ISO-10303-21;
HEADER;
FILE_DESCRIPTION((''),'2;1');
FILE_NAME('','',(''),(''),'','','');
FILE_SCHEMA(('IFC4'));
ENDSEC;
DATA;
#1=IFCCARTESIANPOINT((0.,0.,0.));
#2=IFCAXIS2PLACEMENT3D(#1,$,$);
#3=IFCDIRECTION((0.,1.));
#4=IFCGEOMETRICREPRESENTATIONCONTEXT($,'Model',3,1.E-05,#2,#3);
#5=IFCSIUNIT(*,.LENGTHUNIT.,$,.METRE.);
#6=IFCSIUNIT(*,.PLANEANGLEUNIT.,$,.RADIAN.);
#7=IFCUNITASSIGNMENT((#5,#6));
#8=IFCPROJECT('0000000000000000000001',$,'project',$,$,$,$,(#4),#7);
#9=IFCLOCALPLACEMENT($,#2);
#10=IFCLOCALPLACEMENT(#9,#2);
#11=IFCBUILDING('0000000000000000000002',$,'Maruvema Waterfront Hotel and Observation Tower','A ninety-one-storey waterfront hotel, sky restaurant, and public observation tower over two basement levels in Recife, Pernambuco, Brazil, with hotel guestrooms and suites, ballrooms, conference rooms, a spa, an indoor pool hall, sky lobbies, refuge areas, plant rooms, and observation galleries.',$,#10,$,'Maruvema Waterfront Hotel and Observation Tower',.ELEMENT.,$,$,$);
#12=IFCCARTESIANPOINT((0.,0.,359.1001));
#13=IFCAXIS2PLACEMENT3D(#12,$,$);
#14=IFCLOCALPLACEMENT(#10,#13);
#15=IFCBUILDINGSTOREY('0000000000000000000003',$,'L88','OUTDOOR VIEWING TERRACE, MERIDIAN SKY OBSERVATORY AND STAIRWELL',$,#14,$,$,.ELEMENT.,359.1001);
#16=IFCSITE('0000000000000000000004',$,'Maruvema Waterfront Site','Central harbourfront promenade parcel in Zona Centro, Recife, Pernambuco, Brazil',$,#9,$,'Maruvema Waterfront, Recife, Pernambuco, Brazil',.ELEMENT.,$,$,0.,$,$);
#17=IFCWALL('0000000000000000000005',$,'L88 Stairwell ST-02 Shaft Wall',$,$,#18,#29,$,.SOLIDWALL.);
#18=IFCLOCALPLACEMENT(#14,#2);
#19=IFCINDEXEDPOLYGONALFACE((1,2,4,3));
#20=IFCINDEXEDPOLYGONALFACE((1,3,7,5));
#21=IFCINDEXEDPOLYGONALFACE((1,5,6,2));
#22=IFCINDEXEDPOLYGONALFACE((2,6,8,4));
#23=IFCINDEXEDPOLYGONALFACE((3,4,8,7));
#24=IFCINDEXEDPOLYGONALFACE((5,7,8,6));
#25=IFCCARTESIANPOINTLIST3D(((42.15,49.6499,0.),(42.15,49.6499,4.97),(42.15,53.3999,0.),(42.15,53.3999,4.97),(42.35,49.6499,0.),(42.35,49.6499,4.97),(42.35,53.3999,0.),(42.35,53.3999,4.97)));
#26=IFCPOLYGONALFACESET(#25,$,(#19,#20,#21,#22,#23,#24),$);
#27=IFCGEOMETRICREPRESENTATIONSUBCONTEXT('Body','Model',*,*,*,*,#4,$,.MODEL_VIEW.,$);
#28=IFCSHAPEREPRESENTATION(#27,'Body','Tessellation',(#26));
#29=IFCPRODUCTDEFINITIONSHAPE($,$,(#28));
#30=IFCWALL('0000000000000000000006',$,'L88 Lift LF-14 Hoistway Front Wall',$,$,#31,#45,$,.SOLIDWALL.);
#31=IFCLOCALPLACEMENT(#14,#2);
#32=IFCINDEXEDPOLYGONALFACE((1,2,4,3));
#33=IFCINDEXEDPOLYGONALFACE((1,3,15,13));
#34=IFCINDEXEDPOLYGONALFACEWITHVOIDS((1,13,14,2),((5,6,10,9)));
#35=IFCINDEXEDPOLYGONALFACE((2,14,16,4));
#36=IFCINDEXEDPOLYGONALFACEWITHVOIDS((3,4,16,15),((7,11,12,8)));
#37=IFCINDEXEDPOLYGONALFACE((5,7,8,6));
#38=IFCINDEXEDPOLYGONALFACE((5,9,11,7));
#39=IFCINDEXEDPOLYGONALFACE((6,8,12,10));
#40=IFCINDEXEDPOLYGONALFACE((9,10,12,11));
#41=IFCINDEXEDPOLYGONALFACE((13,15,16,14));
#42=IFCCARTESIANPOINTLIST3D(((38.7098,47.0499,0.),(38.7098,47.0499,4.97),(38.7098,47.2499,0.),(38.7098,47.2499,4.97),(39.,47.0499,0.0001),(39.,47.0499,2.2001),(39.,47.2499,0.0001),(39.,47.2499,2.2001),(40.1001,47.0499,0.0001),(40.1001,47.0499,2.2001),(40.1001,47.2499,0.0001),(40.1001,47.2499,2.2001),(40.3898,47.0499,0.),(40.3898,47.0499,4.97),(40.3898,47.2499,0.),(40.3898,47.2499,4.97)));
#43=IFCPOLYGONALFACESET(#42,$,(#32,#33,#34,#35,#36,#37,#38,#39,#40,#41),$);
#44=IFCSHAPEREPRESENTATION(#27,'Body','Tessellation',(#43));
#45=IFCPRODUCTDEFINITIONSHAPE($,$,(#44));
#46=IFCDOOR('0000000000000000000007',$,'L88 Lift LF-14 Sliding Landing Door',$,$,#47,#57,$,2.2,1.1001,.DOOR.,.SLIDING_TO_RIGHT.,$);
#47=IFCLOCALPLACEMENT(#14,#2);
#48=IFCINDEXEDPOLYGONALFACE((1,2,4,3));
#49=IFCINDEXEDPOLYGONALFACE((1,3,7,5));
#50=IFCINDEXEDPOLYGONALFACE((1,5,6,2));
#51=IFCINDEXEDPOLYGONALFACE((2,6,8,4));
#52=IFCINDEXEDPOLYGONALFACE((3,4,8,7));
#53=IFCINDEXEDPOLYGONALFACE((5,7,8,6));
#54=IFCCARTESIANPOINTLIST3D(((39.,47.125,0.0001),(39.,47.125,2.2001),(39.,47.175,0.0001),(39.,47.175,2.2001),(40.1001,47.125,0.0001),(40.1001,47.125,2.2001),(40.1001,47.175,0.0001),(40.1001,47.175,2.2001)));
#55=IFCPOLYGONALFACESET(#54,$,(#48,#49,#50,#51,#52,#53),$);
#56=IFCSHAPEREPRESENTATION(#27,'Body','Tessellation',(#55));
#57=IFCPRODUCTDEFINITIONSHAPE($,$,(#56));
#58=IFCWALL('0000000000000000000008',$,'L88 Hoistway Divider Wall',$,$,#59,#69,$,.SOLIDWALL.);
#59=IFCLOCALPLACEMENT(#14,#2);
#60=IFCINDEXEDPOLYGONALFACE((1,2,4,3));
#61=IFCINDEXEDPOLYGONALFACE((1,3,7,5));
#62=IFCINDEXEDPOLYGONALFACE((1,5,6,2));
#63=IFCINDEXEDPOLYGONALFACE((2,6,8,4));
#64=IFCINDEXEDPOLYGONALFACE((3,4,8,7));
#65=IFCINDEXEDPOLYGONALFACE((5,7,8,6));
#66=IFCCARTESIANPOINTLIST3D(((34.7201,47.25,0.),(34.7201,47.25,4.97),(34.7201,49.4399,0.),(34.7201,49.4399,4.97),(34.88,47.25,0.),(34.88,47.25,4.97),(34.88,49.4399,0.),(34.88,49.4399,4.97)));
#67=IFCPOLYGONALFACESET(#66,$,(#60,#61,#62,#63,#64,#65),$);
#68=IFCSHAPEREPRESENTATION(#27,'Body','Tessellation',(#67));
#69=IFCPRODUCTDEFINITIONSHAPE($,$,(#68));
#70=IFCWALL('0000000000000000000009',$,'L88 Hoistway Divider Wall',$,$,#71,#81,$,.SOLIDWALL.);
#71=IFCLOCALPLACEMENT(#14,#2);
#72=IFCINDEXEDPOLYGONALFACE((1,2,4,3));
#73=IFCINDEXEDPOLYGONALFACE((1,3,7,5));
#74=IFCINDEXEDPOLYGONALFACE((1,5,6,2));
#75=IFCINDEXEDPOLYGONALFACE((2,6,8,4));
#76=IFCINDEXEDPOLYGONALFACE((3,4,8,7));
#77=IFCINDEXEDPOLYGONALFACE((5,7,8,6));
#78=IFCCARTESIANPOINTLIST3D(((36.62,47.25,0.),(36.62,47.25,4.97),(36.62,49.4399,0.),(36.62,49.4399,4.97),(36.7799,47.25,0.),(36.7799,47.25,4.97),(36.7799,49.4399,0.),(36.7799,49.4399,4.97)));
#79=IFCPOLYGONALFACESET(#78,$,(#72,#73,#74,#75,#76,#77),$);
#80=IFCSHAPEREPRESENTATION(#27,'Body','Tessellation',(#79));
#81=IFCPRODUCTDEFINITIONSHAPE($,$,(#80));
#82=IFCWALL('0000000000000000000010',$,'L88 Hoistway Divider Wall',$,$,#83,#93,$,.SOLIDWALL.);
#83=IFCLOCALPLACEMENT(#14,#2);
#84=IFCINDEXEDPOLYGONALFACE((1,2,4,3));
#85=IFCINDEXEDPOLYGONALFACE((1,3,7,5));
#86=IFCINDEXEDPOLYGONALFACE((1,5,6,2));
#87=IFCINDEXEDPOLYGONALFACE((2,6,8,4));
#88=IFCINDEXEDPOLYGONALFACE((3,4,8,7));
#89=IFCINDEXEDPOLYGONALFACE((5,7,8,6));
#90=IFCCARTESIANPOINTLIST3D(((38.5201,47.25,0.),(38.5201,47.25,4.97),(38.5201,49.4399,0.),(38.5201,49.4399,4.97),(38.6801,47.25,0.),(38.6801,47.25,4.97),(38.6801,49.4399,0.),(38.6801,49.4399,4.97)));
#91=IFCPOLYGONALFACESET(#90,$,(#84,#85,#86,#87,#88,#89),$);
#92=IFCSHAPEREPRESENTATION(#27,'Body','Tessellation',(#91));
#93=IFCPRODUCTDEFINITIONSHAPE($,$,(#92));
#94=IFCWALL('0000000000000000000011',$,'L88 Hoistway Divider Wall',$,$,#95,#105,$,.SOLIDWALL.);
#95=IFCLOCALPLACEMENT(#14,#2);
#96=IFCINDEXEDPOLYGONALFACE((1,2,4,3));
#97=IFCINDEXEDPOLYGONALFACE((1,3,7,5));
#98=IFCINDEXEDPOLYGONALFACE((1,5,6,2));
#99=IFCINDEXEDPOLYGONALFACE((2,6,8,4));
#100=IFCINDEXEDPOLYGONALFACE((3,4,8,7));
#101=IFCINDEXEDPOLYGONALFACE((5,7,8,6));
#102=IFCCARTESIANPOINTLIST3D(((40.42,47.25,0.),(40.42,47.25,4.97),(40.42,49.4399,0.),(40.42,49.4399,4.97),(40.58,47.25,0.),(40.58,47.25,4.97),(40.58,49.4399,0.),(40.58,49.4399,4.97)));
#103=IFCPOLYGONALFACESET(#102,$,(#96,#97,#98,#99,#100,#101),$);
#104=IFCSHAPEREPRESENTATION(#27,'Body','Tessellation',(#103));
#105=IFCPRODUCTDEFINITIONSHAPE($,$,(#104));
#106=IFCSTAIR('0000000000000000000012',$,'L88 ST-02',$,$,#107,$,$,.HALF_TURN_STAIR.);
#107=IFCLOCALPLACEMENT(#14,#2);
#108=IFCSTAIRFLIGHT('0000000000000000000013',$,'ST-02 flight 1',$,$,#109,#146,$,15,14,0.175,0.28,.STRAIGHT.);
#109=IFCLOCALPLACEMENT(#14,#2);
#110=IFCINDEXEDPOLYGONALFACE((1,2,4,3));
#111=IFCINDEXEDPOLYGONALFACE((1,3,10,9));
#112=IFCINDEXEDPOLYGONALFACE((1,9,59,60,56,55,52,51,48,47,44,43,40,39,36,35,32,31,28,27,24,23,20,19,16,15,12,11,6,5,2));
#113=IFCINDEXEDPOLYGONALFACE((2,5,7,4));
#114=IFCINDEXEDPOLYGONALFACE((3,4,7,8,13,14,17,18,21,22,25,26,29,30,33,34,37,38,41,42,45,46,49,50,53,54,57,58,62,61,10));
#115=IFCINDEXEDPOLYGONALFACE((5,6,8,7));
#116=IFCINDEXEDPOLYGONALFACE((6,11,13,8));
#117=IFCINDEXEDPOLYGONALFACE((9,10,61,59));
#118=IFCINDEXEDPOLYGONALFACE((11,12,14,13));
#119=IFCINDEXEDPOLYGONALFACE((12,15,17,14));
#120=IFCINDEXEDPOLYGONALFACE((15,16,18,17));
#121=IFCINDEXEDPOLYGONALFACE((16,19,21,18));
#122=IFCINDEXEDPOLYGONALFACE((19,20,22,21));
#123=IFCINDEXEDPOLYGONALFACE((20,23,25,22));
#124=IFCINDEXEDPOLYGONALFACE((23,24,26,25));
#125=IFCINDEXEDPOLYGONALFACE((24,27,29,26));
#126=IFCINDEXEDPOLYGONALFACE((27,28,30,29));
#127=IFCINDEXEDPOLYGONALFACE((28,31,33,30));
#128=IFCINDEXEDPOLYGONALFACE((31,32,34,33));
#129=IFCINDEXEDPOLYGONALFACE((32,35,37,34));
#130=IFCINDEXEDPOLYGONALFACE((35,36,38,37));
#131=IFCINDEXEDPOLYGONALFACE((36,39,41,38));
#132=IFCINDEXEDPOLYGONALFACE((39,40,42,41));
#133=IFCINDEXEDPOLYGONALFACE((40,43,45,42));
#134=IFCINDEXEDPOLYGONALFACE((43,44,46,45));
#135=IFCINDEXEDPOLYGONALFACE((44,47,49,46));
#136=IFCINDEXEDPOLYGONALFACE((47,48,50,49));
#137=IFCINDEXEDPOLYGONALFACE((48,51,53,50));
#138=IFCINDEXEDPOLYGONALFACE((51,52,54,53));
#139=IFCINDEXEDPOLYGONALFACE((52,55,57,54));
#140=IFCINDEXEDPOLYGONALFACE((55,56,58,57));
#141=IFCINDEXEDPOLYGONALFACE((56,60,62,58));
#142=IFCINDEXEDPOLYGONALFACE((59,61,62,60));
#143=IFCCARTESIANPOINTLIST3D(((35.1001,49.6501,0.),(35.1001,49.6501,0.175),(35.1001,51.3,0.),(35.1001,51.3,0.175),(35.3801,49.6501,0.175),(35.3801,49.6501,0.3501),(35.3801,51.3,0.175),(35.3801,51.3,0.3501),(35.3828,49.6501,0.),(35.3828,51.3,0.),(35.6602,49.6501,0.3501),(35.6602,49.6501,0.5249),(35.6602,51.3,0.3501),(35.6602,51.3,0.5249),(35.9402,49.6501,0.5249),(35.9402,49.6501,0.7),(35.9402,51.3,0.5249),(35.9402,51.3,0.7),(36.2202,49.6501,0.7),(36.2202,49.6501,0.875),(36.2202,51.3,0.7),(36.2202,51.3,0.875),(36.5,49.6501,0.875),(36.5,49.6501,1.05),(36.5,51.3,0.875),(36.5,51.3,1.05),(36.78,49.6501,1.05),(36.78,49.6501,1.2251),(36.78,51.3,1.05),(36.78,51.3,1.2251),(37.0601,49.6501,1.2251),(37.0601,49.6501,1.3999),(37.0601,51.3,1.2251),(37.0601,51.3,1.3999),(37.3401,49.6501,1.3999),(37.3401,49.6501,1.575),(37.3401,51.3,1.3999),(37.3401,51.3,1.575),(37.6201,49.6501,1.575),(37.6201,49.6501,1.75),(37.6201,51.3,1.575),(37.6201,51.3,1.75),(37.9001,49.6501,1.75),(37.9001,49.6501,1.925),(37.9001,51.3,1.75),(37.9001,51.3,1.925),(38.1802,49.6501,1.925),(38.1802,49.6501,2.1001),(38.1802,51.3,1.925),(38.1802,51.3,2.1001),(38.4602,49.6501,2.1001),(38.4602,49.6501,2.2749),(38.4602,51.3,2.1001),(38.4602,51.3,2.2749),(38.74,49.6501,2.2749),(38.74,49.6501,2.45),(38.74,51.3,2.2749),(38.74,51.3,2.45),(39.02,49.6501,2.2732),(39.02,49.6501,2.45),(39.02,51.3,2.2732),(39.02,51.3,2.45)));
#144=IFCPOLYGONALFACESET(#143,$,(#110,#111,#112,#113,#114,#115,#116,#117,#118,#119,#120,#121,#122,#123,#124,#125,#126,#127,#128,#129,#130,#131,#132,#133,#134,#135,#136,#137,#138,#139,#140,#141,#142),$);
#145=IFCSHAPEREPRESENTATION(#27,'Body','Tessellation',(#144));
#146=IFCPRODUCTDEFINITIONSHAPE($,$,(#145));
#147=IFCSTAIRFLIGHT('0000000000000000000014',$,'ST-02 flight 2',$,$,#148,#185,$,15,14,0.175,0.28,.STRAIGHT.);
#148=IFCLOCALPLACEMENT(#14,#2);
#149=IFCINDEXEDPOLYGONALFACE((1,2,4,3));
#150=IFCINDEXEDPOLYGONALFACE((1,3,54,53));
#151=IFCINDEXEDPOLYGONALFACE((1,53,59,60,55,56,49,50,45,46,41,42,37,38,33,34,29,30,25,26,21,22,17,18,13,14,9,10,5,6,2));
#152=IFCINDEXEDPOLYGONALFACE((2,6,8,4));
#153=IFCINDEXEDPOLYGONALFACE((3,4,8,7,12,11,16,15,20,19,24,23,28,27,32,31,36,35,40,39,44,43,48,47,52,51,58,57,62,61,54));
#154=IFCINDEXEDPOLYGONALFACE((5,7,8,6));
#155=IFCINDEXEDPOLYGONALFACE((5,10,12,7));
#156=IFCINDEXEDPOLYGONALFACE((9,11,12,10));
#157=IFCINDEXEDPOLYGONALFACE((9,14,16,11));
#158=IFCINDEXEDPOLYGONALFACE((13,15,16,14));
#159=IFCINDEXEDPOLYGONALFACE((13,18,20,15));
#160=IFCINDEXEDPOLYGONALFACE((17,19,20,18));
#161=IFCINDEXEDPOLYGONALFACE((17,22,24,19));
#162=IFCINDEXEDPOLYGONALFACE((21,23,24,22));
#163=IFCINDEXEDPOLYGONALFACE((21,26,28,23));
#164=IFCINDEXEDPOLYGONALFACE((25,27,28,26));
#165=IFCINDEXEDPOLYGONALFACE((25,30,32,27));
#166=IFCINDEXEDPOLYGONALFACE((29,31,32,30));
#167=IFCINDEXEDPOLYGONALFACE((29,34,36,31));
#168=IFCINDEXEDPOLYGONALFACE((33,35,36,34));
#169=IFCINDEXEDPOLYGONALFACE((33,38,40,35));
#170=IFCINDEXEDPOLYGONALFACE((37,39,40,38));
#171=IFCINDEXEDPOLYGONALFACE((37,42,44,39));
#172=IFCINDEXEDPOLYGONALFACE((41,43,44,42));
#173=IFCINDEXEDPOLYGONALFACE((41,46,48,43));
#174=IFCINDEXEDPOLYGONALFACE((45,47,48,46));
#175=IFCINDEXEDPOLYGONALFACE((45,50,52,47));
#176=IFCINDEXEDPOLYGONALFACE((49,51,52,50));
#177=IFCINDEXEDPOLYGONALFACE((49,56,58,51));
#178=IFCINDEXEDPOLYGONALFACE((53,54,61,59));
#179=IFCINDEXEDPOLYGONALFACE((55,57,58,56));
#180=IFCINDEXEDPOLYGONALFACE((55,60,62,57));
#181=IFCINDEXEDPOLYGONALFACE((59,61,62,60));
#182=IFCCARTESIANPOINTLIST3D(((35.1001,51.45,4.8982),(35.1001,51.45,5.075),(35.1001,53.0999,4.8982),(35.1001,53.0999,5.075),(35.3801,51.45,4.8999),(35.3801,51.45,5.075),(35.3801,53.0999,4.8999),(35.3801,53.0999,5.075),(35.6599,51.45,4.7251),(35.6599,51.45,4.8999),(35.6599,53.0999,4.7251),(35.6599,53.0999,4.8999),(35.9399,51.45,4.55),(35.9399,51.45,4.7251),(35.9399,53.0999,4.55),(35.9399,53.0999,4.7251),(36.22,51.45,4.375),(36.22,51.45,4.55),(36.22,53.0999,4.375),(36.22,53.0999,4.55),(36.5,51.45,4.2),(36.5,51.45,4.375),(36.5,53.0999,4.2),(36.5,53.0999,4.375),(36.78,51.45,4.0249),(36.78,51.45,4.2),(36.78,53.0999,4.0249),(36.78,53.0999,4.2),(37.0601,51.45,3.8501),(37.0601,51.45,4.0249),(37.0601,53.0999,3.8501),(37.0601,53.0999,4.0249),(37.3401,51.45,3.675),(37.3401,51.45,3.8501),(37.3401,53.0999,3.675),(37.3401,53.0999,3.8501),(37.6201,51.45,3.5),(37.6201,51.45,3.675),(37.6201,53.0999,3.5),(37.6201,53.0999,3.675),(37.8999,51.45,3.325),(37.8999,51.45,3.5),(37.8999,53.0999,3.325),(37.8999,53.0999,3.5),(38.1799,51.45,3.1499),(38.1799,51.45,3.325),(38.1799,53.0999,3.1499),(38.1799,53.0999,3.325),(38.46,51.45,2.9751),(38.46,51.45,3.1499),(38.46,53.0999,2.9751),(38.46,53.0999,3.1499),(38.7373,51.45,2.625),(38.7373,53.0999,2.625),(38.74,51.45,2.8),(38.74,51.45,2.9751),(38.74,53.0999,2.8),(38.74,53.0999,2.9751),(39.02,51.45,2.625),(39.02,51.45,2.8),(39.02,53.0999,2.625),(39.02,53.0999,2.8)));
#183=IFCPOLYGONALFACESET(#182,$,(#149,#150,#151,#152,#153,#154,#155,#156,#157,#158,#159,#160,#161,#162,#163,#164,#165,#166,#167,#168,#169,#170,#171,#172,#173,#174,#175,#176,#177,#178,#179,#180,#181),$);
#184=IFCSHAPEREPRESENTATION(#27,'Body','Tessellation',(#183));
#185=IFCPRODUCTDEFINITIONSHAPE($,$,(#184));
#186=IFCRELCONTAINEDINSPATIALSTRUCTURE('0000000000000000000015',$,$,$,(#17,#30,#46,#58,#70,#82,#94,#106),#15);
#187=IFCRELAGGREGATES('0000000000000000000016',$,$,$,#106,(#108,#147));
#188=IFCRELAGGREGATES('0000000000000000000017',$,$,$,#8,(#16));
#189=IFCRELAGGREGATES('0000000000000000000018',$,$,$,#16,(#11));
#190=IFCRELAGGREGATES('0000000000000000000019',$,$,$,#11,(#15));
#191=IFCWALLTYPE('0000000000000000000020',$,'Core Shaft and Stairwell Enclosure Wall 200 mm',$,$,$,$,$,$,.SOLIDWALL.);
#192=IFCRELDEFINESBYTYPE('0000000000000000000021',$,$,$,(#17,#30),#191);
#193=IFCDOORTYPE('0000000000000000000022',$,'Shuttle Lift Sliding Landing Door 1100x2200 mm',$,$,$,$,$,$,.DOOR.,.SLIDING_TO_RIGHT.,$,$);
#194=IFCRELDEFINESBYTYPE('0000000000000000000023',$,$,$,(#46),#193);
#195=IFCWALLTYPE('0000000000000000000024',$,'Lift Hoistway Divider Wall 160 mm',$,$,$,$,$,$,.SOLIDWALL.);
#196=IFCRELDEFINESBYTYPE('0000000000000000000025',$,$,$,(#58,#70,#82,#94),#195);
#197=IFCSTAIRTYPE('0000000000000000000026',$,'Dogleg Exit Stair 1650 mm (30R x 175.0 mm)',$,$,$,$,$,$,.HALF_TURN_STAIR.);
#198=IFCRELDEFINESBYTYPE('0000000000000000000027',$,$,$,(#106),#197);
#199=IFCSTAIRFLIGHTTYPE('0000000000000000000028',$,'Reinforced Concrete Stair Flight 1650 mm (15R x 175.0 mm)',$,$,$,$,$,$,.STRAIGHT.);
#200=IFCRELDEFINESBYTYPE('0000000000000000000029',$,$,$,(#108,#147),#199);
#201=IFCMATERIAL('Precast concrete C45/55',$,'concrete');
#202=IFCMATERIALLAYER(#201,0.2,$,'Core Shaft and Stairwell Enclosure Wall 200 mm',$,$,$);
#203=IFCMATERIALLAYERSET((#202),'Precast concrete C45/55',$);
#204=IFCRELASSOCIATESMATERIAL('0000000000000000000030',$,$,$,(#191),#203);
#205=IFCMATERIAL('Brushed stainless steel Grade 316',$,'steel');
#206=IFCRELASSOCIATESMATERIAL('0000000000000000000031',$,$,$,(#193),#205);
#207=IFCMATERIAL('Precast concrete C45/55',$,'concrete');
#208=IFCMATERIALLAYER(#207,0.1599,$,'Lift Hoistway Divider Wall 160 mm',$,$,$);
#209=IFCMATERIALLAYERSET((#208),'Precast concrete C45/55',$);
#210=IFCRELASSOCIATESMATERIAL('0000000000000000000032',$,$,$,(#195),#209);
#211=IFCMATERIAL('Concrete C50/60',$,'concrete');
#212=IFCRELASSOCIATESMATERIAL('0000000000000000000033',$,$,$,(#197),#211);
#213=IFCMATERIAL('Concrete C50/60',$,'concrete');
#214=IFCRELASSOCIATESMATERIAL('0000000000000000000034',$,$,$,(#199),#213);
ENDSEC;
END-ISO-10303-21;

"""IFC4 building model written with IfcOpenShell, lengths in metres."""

from ifc_helpers import new_model, si_unit, direction, frame, frame_2d, origin, place, context, subcontext, project, spatial, polyline, rectangle, outline, extrude, material, layer, layer_set, type_object, element, fill, aggregate, save


model = new_model("IFC4")

# Units and contexts
model_context = context("Model", 3, precision=1e-05, world=origin(), true_north=direction((0.0, 1.0)))
body_context = subcontext(model_context, "Body", "Model", "MODEL_VIEW")
ifc_project = project(units=[si_unit("LENGTHUNIT", "METRE"), si_unit("PLANEANGLEUNIT", "RADIAN")], contexts=[model_context])

# Site, building, storey
site_placement = place(None, origin())
site = spatial("IfcSite", under=ifc_project, at=site_placement, Name="Maruvema Waterfront Site", Description="Central harbourfront promenade parcel in Zona Centro, Recife, Pernambuco, Brazil", LongName="Maruvema Waterfront, Recife, Pernambuco, Brazil", CompositionType="ELEMENT", RefElevation=0.0)
building_placement = place(site_placement, origin())
building = spatial("IfcBuilding", under=site, at=building_placement, Name="Maruvema Waterfront Hotel and Observation Tower", Description="A ninety-one-storey waterfront hotel, sky restaurant, and public observation tower over two basement levels in Recife, Pernambuco, Brazil, with hotel guestrooms and suites, ballrooms, conference rooms, a spa, an indoor pool hall, sky lobbies, refuge areas, plant rooms, and observation galleries.", LongName="Maruvema Waterfront Hotel and Observation Tower", CompositionType="ELEMENT")
storey_placement = place(building_placement, frame((0.0, 0.0, 359.1001)))
storey = spatial("IfcBuildingStorey", under=building, at=storey_placement, Name="L88", Description="OUTDOOR VIEWING TERRACE, MERIDIAN SKY OBSERVATORY AND STAIRWELL", CompositionType="ELEMENT", Elevation=359.1001)

# Wall
ifc_material_1 = material(Name="Precast concrete C45/55", Category="concrete")
ifc_layer_1 = layer(ifc_material_1, 0.2, Name="Core Shaft and Stairwell Enclosure Wall 200 mm")
ifc_layer_set_1 = layer_set([ifc_layer_1], Name="Precast concrete C45/55")
wall_type_1 = type_object("IfcWallType", Name="Core Shaft and Stairwell Enclosure Wall 200 mm", PredefinedType="SOLIDWALL", material=ifc_layer_set_1)
wall_1_placement = place(storey_placement, frame((42.25, 49.6499, 0.0), z_axis=(0.0, 0.0, 1.0), x_axis=(0.0, 1.0, 0.0)))
element("IfcWall", 1, at=wall_1_placement, inside=storey, type_object=wall_type_1, Name="L88 Stairwell ST-02 Shaft Wall", PredefinedType="SOLIDWALL", context=body_context, shape_type="SweptSolid", body=[
    extrude(rectangle(XDim=3.75, YDim=0.2, at=frame_2d((1.875, 0.0))), origin(), (0.0, 0.0, 1.0), 4.97),
])

# Wall, opening, door
wall_2_placement = place(storey_placement, frame((38.71, 47.1499, 0.0), z_axis=(0.0, 0.0, 1.0), x_axis=(1.0, 0.0, 0.0)))
wall_2 = element("IfcWall", 2, at=wall_2_placement, inside=storey, type_object=wall_type_1, Name="L88 Lift LF-14 Hoistway Front Wall", PredefinedType="SOLIDWALL", context=body_context, shape_type="SweptSolid", body=[
    extrude(rectangle(XDim=1.6799, YDim=0.2, at=frame_2d((0.8398, 0.0))), origin(), (0.0, 0.0, 1.0), 4.97),
])
opening_placement = place(wall_2_placement, frame((0.29, 0.0, 0.0)))
opening = element("IfcOpeningElement", 3, at=opening_placement, cuts=wall_2, PredefinedType="OPENING", context=body_context, shape_type="SweptSolid", body=[
    extrude(rectangle(XDim=1.1001, YDim=2.2, at=frame_2d((0.55, 1.1001))), frame((0.0, 0.1099, 0.0), z_axis=(0.0, -1.0, 0.0), x_axis=(1.0, 0.0, 0.0)), (0.0, 0.0, 1.0), 0.22),
])
ifc_material_2 = material(Name="Brushed stainless steel Grade 316", Category="steel")
door_type = type_object("IfcDoorType", Name="Shuttle Lift Sliding Landing Door 1100x2200 mm", OperationType="SLIDING_TO_RIGHT", PredefinedType="DOOR", material=ifc_material_2)
door_placement = place(opening_placement, frame((1.1001, 0.0, 0.0), z_axis=(0.0, 0.0, 1.0), x_axis=(-1.0, 0.0, 0.0)))
door = element("IfcDoor", 4, at=door_placement, inside=storey, type_object=door_type, Name="L88 Lift LF-14 Sliding Landing Door", OperationType="SLIDING_TO_RIGHT", OverallHeight=2.2, OverallWidth=1.1001, PredefinedType="DOOR", context=body_context, shape_type="SweptSolid", body=[
    extrude(rectangle(XDim=1.1001, YDim=2.2, at=frame_2d((0.55, 1.1001))), frame((0.0, 0.0249, 0.0), z_axis=(0.0, -1.0, 0.0), x_axis=(1.0, 0.0, 0.0)), (0.0, 0.0, 1.0), 0.05),
])
fill(opening, door)

# Walls
ifc_material_3 = material(Name="Precast concrete C45/55", Category="concrete")
ifc_layer_2 = layer(ifc_material_3, 0.1599, Name="Lift Hoistway Divider Wall 160 mm")
ifc_layer_set_2 = layer_set([ifc_layer_2], Name="Precast concrete C45/55")
wall_type_2 = type_object("IfcWallType", Name="Lift Hoistway Divider Wall 160 mm", PredefinedType="SOLIDWALL", material=ifc_layer_set_2)
for number, where, z_axis, x_axis, name in (
    (5, (34.8, 47.25, 0.0), (0.0, 0.0, 1.0), (0.0, 1.0, 0.0), "L88 Hoistway Divider Wall"),
    (6, (36.7, 47.25, 0.0), (0.0, 0.0, 1.0), (0.0, 1.0, 0.0), "L88 Hoistway Divider Wall"),
    (7, (38.6001, 47.25, 0.0), (0.0, 0.0, 1.0), (0.0, 1.0, 0.0), "L88 Hoistway Divider Wall"),
    (8, (40.5, 47.25, 0.0), (0.0, 0.0, 1.0), (0.0, 1.0, 0.0), "L88 Hoistway Divider Wall"),
):
    element("IfcWall", number, at=place(storey_placement, frame(where, z_axis=z_axis, x_axis=x_axis)), inside=storey, type_object=wall_type_2, Name=name, PredefinedType="SOLIDWALL", context=body_context, shape_type="SweptSolid", body=[
        extrude(rectangle(XDim=2.1899, YDim=0.1599, at=frame_2d((1.095, 0.0))), origin(), (0.0, 0.0, 1.0), 4.97),
    ])

# Stair, stair flights
ifc_material_4 = material(Name="Concrete C50/60", Category="concrete")
stair_type = type_object("IfcStairType", Name="Dogleg Exit Stair 1650 mm (30R x 175.0 mm)", PredefinedType="HALF_TURN_STAIR", material=ifc_material_4)
stair_placement = place(storey_placement, origin())
stair = element("IfcStair", 9, at=stair_placement, inside=storey, type_object=stair_type, Name="L88 ST-02", PredefinedType="HALF_TURN_STAIR")
ifc_material_5 = material(Name="Concrete C50/60", Category="concrete")
stair_flight_type = type_object("IfcStairFlightType", Name="Reinforced Concrete Stair Flight 1650 mm (15R x 175.0 mm)", PredefinedType="STRAIGHT", material=ifc_material_5)
stair_flight_1_placement = place(storey_placement, frame((35.1001, 50.4751, 0.0), z_axis=(0.0, 0.0, 1.0), x_axis=(1.0, 0.0, 0.0)))
stair_flight_1 = element("IfcStairFlight", 10, at=stair_flight_1_placement, type_object=stair_flight_type, Name="ST-02 flight 1", NumberOfRisers=15, NumberOfTreads=14, PredefinedType="STRAIGHT", RiserHeight=0.175, TreadLength=0.28, context=body_context, shape_type="SweptSolid", body=[
    extrude(outline(polyline([(0.0, 0.0), (0.0, 0.175), (0.28, 0.175), (0.28, 0.3501), (0.5601, 0.3501), (0.5601, 0.5249), (0.8401, 0.5249), (0.8401, 0.7), (1.1201, 0.7), (1.1201, 0.875), (1.3999, 0.875), (1.3999, 1.05), (1.6799, 1.05), (1.6799, 1.2251), (1.96, 1.2251), (1.96, 1.3999), (2.24, 1.3999), (2.24, 1.575), (2.52, 1.575), (2.52, 1.75), (2.8, 1.75), (2.8, 1.925), (3.0801, 1.925), (3.0801, 2.1001), (3.3601, 2.1001), (3.3601, 2.2749), (3.6399, 2.2749), (3.6399, 2.45), (3.9199, 2.45), (3.9199, 2.625), (3.9199, 2.2732), (0.2827, 0.0), (0.0, 0.0)])), frame((0.0, 0.825, 0.0), z_axis=(0.0, -1.0, 0.0), x_axis=(1.0, 0.0, 0.0)), (0.0, 0.0, 1.0), 1.6499),
])
stair_flight_2_placement = place(storey_placement, frame((39.02, 52.2749, 2.625), z_axis=(0.0, 0.0, 1.0), x_axis=(-1.0, 0.0, 0.0)))
stair_flight_2 = element("IfcStairFlight", 11, at=stair_flight_2_placement, type_object=stair_flight_type, Name="ST-02 flight 2", NumberOfRisers=15, NumberOfTreads=14, PredefinedType="STRAIGHT", RiserHeight=0.175, TreadLength=0.28, context=body_context, shape_type="SweptSolid", body=[
    extrude(outline(polyline([(0.0, 0.0), (0.0, 0.175), (0.28, 0.175), (0.28, 0.3501), (0.5601, 0.3501), (0.5601, 0.5249), (0.8401, 0.5249), (0.8401, 0.7), (1.1201, 0.7), (1.1201, 0.875), (1.3999, 0.875), (1.3999, 1.05), (1.6799, 1.05), (1.6799, 1.2251), (1.96, 1.2251), (1.96, 1.3999), (2.24, 1.3999), (2.24, 1.575), (2.52, 1.575), (2.52, 1.75), (2.8, 1.75), (2.8, 1.925), (3.0801, 1.925), (3.0801, 2.1001), (3.3601, 2.1001), (3.3601, 2.2749), (3.6399, 2.2749), (3.6399, 2.45), (3.9199, 2.45), (3.9199, 2.625), (3.9199, 2.2732), (0.2827, 0.0), (0.0, 0.0)])), frame((0.0, 0.825, 0.0), z_axis=(0.0, -1.0, 0.0), x_axis=(1.0, 0.0, 0.0)), (0.0, 0.0, 1.0), 1.6499),
])
aggregate(stair, [stair_flight_1, stair_flight_2])

save(model, "model.ifc")
